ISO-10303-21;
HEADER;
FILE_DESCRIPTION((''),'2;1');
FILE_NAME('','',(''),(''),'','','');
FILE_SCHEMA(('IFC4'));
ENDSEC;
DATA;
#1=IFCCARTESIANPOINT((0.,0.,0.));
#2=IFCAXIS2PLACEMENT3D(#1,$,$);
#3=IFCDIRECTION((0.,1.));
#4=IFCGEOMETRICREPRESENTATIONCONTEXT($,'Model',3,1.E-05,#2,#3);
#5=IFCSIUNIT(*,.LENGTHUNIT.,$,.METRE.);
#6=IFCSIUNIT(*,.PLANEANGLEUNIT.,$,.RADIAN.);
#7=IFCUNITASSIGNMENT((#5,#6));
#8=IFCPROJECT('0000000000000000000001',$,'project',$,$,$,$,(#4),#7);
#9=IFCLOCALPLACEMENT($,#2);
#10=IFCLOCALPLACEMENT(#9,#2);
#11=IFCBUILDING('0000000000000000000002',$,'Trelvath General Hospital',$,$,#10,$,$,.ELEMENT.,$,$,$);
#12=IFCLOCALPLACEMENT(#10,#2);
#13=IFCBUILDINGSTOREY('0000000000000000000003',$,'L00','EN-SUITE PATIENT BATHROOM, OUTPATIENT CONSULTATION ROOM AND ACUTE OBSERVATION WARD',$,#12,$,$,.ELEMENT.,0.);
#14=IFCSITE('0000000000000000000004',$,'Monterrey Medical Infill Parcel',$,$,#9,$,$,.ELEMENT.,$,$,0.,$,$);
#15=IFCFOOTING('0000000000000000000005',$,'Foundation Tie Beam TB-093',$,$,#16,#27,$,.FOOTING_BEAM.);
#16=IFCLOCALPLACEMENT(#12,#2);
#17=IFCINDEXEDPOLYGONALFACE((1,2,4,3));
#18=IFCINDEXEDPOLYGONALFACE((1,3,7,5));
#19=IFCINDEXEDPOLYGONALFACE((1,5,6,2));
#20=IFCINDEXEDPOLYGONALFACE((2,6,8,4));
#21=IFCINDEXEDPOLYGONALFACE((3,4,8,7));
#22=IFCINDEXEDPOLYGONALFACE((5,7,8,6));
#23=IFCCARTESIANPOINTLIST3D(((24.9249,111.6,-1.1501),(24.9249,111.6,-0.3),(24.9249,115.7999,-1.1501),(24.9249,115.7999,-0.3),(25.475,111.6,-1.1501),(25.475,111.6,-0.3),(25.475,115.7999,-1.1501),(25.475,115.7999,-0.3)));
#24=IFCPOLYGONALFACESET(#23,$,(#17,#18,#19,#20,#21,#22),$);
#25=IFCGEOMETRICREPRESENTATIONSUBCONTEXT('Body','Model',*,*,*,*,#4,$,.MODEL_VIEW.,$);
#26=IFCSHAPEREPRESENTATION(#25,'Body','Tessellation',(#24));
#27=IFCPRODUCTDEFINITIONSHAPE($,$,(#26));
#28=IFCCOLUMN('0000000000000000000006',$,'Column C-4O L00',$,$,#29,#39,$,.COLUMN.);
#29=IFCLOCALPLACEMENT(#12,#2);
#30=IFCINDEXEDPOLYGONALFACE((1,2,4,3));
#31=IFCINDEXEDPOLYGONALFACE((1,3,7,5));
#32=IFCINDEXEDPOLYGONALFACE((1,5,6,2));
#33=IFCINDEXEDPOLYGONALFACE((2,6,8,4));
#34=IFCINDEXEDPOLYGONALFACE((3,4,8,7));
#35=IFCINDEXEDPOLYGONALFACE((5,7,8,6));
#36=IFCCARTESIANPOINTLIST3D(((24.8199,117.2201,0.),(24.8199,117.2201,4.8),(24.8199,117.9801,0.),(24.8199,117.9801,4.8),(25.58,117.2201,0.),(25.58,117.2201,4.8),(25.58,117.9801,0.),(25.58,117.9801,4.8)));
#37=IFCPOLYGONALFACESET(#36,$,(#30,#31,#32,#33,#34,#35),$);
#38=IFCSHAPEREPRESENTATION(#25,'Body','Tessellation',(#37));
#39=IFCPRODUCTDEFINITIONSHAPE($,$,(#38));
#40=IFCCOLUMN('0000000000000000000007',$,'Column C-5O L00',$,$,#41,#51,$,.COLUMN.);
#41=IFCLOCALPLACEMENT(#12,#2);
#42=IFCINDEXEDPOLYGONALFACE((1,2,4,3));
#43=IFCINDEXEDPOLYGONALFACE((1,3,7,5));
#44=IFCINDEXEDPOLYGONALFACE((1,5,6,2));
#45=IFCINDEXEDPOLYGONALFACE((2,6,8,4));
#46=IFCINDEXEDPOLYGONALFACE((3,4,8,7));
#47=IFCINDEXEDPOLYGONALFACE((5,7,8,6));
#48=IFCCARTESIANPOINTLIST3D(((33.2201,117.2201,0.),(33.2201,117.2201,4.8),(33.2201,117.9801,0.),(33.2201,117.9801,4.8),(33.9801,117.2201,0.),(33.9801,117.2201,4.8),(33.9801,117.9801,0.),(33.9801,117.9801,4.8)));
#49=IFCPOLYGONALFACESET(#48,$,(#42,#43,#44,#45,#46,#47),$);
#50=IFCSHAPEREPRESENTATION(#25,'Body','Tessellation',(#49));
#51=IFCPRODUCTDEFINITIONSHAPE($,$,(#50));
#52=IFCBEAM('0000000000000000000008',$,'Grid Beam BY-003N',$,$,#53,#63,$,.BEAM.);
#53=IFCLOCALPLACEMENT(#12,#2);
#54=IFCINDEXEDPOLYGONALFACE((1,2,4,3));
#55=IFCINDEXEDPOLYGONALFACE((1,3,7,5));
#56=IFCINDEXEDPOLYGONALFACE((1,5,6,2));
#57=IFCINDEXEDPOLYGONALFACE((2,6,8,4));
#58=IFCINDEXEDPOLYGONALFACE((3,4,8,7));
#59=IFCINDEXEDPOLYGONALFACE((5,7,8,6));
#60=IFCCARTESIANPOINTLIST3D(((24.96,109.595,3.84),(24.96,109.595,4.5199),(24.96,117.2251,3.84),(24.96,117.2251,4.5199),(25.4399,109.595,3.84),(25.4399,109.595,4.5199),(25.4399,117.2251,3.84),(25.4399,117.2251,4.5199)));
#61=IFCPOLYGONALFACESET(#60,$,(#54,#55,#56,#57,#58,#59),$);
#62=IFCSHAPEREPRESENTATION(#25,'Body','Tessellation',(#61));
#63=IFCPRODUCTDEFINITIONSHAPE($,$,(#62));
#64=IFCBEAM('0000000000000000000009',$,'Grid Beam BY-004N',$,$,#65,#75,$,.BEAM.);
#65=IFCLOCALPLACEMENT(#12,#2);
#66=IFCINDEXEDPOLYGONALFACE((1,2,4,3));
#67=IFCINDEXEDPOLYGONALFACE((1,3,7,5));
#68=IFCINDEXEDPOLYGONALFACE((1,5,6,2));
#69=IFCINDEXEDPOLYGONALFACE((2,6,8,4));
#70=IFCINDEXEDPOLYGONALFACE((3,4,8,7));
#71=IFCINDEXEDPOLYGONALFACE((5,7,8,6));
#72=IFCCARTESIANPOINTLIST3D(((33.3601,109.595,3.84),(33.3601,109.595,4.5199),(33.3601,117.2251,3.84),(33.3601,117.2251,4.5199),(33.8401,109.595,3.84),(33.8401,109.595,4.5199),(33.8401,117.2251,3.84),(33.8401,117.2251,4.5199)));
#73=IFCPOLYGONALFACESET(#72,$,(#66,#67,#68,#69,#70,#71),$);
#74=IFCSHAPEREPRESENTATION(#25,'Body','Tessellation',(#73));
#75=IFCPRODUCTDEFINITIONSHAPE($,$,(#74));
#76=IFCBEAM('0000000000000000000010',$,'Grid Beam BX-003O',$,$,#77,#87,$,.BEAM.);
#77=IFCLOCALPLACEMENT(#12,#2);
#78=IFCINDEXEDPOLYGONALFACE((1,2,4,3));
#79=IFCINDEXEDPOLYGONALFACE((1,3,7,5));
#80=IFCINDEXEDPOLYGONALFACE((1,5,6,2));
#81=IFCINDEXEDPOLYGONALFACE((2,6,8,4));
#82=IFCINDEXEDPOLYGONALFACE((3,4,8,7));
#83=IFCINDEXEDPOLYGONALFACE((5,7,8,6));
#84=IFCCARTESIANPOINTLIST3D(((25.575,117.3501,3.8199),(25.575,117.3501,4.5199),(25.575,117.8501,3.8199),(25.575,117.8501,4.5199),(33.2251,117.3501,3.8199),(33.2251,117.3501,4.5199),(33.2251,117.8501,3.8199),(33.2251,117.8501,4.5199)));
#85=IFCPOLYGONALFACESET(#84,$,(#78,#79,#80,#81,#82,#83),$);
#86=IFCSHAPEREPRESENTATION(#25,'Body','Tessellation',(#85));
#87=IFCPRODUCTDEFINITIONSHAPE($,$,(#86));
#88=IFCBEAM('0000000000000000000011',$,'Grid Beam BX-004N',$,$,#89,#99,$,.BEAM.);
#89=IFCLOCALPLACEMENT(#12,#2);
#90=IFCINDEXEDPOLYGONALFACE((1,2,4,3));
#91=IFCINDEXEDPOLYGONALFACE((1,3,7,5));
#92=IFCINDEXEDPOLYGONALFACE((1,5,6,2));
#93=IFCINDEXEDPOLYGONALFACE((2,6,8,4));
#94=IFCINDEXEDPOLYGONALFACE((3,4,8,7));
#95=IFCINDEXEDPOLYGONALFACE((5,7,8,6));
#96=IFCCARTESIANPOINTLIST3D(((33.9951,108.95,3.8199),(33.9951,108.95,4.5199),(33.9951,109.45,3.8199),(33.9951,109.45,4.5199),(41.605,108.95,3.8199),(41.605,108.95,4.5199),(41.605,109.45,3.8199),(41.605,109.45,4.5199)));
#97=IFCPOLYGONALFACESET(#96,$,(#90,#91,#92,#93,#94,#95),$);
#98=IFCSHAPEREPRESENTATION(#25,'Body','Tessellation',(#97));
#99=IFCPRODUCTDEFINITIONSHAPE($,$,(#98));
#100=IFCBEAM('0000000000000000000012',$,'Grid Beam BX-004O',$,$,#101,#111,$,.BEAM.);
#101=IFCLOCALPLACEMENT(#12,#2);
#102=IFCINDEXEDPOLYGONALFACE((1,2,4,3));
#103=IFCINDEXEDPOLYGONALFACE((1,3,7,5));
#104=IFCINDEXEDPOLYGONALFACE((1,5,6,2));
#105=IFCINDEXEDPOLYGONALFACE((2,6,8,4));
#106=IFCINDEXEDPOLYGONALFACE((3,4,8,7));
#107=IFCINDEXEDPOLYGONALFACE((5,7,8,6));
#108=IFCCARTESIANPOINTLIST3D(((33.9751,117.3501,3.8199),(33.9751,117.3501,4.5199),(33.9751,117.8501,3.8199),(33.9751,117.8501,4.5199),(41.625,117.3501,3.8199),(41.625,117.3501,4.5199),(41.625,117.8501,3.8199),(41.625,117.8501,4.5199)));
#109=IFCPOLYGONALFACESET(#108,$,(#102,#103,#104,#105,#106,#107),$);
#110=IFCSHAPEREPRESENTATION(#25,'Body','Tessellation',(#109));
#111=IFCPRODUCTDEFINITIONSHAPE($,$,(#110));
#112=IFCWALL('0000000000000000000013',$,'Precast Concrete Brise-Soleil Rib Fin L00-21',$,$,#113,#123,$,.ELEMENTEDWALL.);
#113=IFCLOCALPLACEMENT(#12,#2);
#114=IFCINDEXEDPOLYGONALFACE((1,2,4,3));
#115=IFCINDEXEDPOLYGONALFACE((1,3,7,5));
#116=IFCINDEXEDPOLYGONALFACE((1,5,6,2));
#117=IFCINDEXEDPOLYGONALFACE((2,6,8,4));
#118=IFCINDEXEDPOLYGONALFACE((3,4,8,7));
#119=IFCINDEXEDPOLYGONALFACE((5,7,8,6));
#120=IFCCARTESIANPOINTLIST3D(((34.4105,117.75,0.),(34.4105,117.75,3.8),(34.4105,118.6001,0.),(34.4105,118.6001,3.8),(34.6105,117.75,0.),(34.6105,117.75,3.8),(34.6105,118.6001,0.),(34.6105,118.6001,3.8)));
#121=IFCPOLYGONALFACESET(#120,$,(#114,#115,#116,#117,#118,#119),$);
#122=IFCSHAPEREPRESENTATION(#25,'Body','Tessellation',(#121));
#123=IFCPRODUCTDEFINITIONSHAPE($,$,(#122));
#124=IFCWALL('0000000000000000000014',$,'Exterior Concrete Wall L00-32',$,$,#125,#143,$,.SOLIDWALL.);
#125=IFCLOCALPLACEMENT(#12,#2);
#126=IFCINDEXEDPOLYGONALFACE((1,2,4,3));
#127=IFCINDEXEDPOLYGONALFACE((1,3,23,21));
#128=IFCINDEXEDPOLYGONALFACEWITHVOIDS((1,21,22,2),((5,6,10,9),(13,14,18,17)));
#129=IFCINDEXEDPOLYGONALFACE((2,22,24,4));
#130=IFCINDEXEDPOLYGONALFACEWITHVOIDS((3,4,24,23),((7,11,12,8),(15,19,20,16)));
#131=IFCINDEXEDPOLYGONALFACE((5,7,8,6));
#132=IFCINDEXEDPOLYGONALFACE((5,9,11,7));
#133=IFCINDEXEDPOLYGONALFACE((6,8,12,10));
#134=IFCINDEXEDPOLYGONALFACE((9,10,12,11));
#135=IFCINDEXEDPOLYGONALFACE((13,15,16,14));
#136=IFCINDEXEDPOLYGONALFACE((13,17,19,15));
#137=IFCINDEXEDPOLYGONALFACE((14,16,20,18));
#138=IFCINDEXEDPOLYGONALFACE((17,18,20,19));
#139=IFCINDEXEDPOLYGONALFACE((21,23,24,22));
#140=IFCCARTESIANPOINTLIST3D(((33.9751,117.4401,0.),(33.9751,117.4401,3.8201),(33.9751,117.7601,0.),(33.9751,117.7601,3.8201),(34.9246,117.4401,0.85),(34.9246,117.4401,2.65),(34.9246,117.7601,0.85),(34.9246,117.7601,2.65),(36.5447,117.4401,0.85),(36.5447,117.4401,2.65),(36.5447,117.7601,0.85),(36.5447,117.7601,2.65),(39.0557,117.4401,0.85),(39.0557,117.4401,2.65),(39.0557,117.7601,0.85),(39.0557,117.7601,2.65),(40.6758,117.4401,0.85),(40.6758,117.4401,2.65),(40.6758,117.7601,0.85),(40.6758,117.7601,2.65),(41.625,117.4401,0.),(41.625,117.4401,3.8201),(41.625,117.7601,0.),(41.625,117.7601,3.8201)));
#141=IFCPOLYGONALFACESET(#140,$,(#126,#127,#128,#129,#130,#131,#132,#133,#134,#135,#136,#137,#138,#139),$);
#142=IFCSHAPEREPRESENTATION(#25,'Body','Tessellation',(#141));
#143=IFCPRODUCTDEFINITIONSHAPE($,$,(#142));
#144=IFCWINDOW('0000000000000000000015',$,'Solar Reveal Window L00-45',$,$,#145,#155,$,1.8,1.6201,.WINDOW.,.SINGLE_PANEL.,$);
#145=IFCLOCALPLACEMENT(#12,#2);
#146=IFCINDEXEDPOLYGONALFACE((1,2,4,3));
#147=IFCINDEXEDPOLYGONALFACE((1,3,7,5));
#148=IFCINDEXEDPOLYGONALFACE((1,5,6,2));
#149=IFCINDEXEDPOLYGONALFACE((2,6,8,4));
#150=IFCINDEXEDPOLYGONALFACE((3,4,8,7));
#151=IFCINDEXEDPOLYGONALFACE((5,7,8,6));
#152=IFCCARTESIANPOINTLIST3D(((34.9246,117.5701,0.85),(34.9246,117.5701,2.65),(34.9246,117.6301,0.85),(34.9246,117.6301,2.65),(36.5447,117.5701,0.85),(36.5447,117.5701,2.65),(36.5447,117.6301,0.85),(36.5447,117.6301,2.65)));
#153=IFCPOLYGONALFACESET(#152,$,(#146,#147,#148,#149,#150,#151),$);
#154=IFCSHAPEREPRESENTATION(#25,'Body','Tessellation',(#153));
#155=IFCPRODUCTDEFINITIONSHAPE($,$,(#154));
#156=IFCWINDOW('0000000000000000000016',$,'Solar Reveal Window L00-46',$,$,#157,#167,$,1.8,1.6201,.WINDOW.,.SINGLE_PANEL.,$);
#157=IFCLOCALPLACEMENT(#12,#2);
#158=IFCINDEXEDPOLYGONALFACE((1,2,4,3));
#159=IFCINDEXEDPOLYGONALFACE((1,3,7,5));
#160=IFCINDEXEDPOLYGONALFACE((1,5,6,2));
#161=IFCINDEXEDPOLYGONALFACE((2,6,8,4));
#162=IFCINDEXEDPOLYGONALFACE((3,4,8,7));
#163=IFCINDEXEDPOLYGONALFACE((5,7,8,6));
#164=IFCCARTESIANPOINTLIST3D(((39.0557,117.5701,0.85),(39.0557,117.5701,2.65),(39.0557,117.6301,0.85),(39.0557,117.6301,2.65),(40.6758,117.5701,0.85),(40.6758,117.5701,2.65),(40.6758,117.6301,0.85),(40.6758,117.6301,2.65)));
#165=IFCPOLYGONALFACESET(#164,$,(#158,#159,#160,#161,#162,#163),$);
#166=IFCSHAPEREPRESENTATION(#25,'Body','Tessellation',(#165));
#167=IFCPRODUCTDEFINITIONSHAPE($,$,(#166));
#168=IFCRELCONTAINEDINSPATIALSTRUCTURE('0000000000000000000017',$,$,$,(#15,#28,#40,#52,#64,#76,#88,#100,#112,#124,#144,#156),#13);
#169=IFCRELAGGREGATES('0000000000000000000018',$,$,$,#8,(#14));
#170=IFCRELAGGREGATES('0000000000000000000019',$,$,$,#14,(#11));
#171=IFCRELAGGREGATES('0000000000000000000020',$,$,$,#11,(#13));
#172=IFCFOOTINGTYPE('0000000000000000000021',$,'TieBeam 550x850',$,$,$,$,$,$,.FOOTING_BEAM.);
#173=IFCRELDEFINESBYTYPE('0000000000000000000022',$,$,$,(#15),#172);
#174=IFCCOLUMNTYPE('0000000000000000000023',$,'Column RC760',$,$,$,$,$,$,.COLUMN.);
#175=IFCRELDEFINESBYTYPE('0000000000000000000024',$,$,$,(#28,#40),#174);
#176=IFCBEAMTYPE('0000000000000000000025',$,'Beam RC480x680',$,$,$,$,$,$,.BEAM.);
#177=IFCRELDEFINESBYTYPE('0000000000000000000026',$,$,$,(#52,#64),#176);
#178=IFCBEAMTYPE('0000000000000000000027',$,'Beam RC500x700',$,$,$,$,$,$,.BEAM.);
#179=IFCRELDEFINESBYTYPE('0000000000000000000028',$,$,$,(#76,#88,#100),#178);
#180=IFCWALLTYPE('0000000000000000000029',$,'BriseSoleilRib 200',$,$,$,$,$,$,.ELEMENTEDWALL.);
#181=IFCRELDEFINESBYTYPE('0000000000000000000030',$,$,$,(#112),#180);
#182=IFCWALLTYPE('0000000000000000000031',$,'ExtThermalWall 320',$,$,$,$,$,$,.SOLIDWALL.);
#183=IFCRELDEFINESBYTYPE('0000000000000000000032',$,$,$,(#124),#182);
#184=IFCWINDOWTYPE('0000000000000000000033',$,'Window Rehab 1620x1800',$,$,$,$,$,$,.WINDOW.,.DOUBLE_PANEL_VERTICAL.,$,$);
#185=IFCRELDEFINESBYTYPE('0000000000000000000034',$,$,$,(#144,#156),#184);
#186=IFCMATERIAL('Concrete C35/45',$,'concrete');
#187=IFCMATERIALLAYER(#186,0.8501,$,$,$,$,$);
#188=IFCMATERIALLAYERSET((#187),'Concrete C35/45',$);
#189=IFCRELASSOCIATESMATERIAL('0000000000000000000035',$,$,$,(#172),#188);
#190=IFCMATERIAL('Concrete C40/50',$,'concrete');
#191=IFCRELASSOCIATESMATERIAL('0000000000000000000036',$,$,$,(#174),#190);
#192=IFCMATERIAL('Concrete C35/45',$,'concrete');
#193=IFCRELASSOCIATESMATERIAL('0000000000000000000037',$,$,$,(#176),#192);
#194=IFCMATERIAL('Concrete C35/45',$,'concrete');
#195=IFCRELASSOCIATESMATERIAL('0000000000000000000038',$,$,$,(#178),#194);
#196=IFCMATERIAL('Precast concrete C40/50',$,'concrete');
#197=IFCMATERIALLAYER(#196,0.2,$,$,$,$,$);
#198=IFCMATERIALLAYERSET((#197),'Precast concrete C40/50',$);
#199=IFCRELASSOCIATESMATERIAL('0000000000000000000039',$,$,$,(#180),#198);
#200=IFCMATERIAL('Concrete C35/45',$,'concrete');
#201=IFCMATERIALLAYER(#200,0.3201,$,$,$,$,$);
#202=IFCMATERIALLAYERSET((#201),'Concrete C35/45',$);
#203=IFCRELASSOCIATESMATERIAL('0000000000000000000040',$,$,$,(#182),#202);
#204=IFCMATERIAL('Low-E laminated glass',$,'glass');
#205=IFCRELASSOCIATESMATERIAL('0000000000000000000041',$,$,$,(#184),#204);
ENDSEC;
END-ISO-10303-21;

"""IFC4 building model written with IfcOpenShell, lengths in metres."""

from ifc_helpers import new_model, si_unit, direction, frame, frame_2d, origin, origin_2d, place, context, subcontext, project, spatial, rectangle, extrude, material, layer, layer_set, material_profile, profile_set, type_object, element, fill, save


model = new_model("IFC4")

# Units and contexts
model_context = context("Model", 3, precision=1e-05, world=origin(), true_north=direction((0.0, 1.0)))
body_context = subcontext(model_context, "Body", "Model", "MODEL_VIEW")
ifc_project = project(units=[si_unit("LENGTHUNIT", "METRE"), si_unit("PLANEANGLEUNIT", "RADIAN")], contexts=[model_context])

# Site, building, storey
site_placement = place(None, origin())
site = spatial("IfcSite", under=ifc_project, at=site_placement, Name="Monterrey Medical Infill Parcel", CompositionType="ELEMENT", RefElevation=0.0)
building_placement = place(site_placement, origin())
building = spatial("IfcBuilding", under=site, at=building_placement, Name="Trelvath General Hospital", CompositionType="ELEMENT")
storey_placement = place(building_placement, origin())
storey = spatial("IfcBuildingStorey", under=building, at=storey_placement, Name="L00", Description="EN-SUITE PATIENT BATHROOM, OUTPATIENT CONSULTATION ROOM AND ACUTE OBSERVATION WARD", CompositionType="ELEMENT", Elevation=0.0)

# Footing
ifc_material_1 = material(Name="Concrete C35/45", Category="concrete")
ifc_layer_1 = layer(ifc_material_1, 0.8501)
ifc_layer_set_1 = layer_set([ifc_layer_1], Name="Concrete C35/45")
footing_type_1 = type_object("IfcFootingType", Name="TieBeam 550x850", PredefinedType="FOOTING_BEAM", material=ifc_layer_set_1)
footing_1_placement = place(storey_placement, frame((25.2, 113.7, -1.1501), z_axis=(0.0, 0.0, 1.0), x_axis=(1.0, 0.0, 0.0)))
element("IfcFooting", 1, at=footing_1_placement, inside=storey, type_object=footing_type_1, Name="Foundation Tie Beam TB-093", PredefinedType="FOOTING_BEAM", context=body_context, shape_type="SweptSolid", body=[
    extrude(rectangle(XDim=0.55, YDim=4.2, at=origin_2d()), origin(), (0.0, 0.0, 1.0), 0.8501),
])

# Columns
ifc_material_2 = material(Name="Concrete C40/50", Category="concrete")
ifc_material_profile_1 = material_profile(ifc_material_2, rectangle(XDim=0.76, YDim=0.76, at=origin_2d()), Name="RC760x760")
ifc_profile_set_1 = profile_set([ifc_material_profile_1], Name="Concrete C40/50")
column_type = type_object("IfcColumnType", Name="Column RC760", PredefinedType="COLUMN", material=ifc_profile_set_1)
for number, where, z_axis, x_axis, name in (
    (2, (25.2, 117.6001, 0.0), (0.0, 0.0, 1.0), (1.0, 0.0, 0.0), "Column C-4O L00"),
    (3, (33.6001, 117.6001, 0.0), (0.0, 0.0, 1.0), (1.0, 0.0, 0.0), "Column C-5O L00"),
):
    element("IfcColumn", number, at=place(storey_placement, frame(where, z_axis=z_axis, x_axis=x_axis)), inside=storey, type_object=column_type, Name=name, PredefinedType="COLUMN", context=body_context, shape_type="SweptSolid", body=[
        extrude(rectangle(XDim=0.76, YDim=0.76, at=origin_2d()), origin(), (0.0, 0.0, 1.0), 4.8),
    ])

# Beams
ifc_material_3 = material(Name="Concrete C35/45", Category="concrete")
ifc_material_profile_2 = material_profile(ifc_material_3, rectangle(XDim=0.48, YDim=0.6799, at=origin_2d()), Name="RCB480x680")
ifc_profile_set_2 = profile_set([ifc_material_profile_2], Name="Concrete C35/45")
beam_type_1 = type_object("IfcBeamType", Name="Beam RC480x680", PredefinedType="BEAM", material=ifc_profile_set_2)
for number, where, z_axis, x_axis, name in (
    (4, (25.2, 109.595, 4.1799), (0.0, 1.0, 0.0), (-1.0, 0.0, 0.0), "Grid Beam BY-003N"),
    (5, (33.6001, 109.595, 4.1799), (0.0, 1.0, 0.0), (-1.0, 0.0, 0.0), "Grid Beam BY-004N"),
):
    element("IfcBeam", number, at=place(storey_placement, frame(where, z_axis=z_axis, x_axis=x_axis)), inside=storey, type_object=beam_type_1, Name=name, PredefinedType="BEAM", context=body_context, shape_type="SweptSolid", body=[
        extrude(rectangle(XDim=0.48, YDim=0.6799, at=origin_2d()), origin(), (0.0, 0.0, 1.0), 7.6301),
    ])
ifc_material_4 = material(Name="Concrete C35/45", Category="concrete")
ifc_material_profile_3 = material_profile(ifc_material_4, rectangle(XDim=0.5, YDim=0.7, at=origin_2d()), Name="RCB500x700")
ifc_profile_set_3 = profile_set([ifc_material_profile_3], Name="Concrete C35/45")
beam_type_2 = type_object("IfcBeamType", Name="Beam RC500x700", PredefinedType="BEAM", material=ifc_profile_set_3)
beam_1_placement = place(storey_placement, frame((25.575, 117.6001, 4.1699), z_axis=(1.0, 0.0, 0.0), x_axis=(0.0, 1.0, 0.0)))
element("IfcBeam", 6, at=beam_1_placement, inside=storey, type_object=beam_type_2, Name="Grid Beam BX-003O", PredefinedType="BEAM", context=body_context, shape_type="SweptSolid", body=[
    extrude(rectangle(XDim=0.5, YDim=0.7, at=origin_2d()), origin(), (0.0, 0.0, 1.0), 7.6501),
])
beam_2_placement = place(storey_placement, frame((33.9951, 109.2, 4.1699), z_axis=(1.0, 0.0, 0.0), x_axis=(0.0, 1.0, 0.0)))
element("IfcBeam", 7, at=beam_2_placement, inside=storey, type_object=beam_type_2, Name="Grid Beam BX-004N", PredefinedType="BEAM", context=body_context, shape_type="SweptSolid", body=[
    extrude(rectangle(XDim=0.5, YDim=0.7, at=origin_2d()), origin(), (0.0, 0.0, 1.0), 7.6099),
])
beam_3_placement = place(storey_placement, frame((33.9751, 117.6001, 4.1699), z_axis=(1.0, 0.0, 0.0), x_axis=(0.0, 1.0, 0.0)))
element("IfcBeam", 8, at=beam_3_placement, inside=storey, type_object=beam_type_2, Name="Grid Beam BX-004O", PredefinedType="BEAM", context=body_context, shape_type="SweptSolid", body=[
    extrude(rectangle(XDim=0.5, YDim=0.7, at=origin_2d()), origin(), (0.0, 0.0, 1.0), 7.6499),
])

# Wall
ifc_material_5 = material(Name="Precast concrete C40/50", Category="concrete")
ifc_layer_2 = layer(ifc_material_5, 0.2)
ifc_layer_set_2 = layer_set([ifc_layer_2], Name="Precast concrete C40/50")
wall_type_1 = type_object("IfcWallType", Name="BriseSoleilRib 200", PredefinedType="ELEMENTEDWALL", material=ifc_layer_set_2)
wall_1_placement = place(storey_placement, frame((34.5105, 117.75, 0.0), z_axis=(0.0, 0.0, 1.0), x_axis=(0.0, 1.0, 0.0)))
element("IfcWall", 9, at=wall_1_placement, inside=storey, type_object=wall_type_1, Name="Precast Concrete Brise-Soleil Rib Fin L00-21", PredefinedType="ELEMENTEDWALL", context=body_context, shape_type="SweptSolid", body=[
    extrude(rectangle(XDim=0.8501, YDim=0.2, at=frame_2d((0.425, 0.0))), origin(), (0.0, 0.0, 1.0), 3.8),
])

# Shared definitions
ifc_material_6 = material(Name="Concrete C35/45", Category="concrete")
ifc_layer_3 = layer(ifc_material_6, 0.3201)
ifc_layer_set_3 = layer_set([ifc_layer_3], Name="Concrete C35/45")
wall_type_2 = type_object("IfcWallType", Name="ExtThermalWall 320", PredefinedType="SOLIDWALL", material=ifc_layer_set_3)

# Wall, openings, windows
wall_2_placement = place(storey_placement, frame((33.9751, 117.6001, 0.0), z_axis=(0.0, 0.0, 1.0), x_axis=(1.0, 0.0, 0.0)))
wall_2 = element("IfcWall", 10, at=wall_2_placement, inside=storey, type_object=wall_type_2, Name="Exterior Concrete Wall L00-32", PredefinedType="SOLIDWALL", context=body_context, shape_type="SweptSolid", body=[
    extrude(rectangle(XDim=7.6499, YDim=0.3201, at=frame_2d((3.825, 0.0))), origin(), (0.0, 0.0, 1.0), 3.8201),
])
opening_1_placement = place(wall_2_placement, frame((0.9495, 0.0, 0.8501)))
opening_1 = element("IfcOpeningElement", 11, at=opening_1_placement, cuts=wall_2, PredefinedType="OPENING", context=body_context, shape_type="SweptSolid", body=[
    extrude(rectangle(XDim=1.6201, YDim=1.8, at=frame_2d((0.8101, 0.8999))), frame((0.0, 0.1699, 0.0), z_axis=(0.0, -1.0, 0.0), x_axis=(1.0, 0.0, 0.0)), (0.0, 0.0, 1.0), 0.3401),
])
opening_2_placement = place(wall_2_placement, frame((5.0806, 0.0, 0.8501)))
opening_2 = element("IfcOpeningElement", 12, at=opening_2_placement, cuts=wall_2, PredefinedType="OPENING", context=body_context, shape_type="SweptSolid", body=[
    extrude(rectangle(XDim=1.6201, YDim=1.8, at=frame_2d((0.8101, 0.8999))), frame((0.0, 0.1699, 0.0), z_axis=(0.0, -1.0, 0.0), x_axis=(1.0, 0.0, 0.0)), (0.0, 0.0, 1.0), 0.3401),
])
ifc_material_7 = material(Name="Low-E laminated glass", Category="glass")
window_type = type_object("IfcWindowType", Name="Window Rehab 1620x1800", PartitioningType="DOUBLE_PANEL_VERTICAL", PredefinedType="WINDOW", material=ifc_material_7)
window_1_placement = place(opening_1_placement, origin())
window_1 = element("IfcWindow", 13, at=window_1_placement, inside=storey, type_object=window_type, Name="Solar Reveal Window L00-45", OverallHeight=1.8, OverallWidth=1.6201, PartitioningType="SINGLE_PANEL", PredefinedType="WINDOW", context=body_context, shape_type="SweptSolid", body=[
    extrude(rectangle(XDim=1.6201, YDim=1.8, at=frame_2d((0.8101, 0.8999))), frame((0.0, 0.03, 0.0), z_axis=(0.0, -1.0, 0.0), x_axis=(1.0, 0.0, 0.0)), (0.0, 0.0, 1.0), 0.0601),
])
fill(opening_1, window_1)
window_2_placement = place(opening_2_placement, origin())
window_2 = element("IfcWindow", 14, at=window_2_placement, inside=storey, type_object=window_type, Name="Solar Reveal Window L00-46", OverallHeight=1.8, OverallWidth=1.6201, PartitioningType="SINGLE_PANEL", PredefinedType="WINDOW", context=body_context, shape_type="SweptSolid", body=[
    extrude(rectangle(XDim=1.6201, YDim=1.8, at=frame_2d((0.8101, 0.8999))), frame((0.0, 0.03, 0.0), z_axis=(0.0, -1.0, 0.0), x_axis=(1.0, 0.0, 0.0)), (0.0, 0.0, 1.0), 0.0601),
])
fill(opening_2, window_2)

save(model, "model.ifc")
